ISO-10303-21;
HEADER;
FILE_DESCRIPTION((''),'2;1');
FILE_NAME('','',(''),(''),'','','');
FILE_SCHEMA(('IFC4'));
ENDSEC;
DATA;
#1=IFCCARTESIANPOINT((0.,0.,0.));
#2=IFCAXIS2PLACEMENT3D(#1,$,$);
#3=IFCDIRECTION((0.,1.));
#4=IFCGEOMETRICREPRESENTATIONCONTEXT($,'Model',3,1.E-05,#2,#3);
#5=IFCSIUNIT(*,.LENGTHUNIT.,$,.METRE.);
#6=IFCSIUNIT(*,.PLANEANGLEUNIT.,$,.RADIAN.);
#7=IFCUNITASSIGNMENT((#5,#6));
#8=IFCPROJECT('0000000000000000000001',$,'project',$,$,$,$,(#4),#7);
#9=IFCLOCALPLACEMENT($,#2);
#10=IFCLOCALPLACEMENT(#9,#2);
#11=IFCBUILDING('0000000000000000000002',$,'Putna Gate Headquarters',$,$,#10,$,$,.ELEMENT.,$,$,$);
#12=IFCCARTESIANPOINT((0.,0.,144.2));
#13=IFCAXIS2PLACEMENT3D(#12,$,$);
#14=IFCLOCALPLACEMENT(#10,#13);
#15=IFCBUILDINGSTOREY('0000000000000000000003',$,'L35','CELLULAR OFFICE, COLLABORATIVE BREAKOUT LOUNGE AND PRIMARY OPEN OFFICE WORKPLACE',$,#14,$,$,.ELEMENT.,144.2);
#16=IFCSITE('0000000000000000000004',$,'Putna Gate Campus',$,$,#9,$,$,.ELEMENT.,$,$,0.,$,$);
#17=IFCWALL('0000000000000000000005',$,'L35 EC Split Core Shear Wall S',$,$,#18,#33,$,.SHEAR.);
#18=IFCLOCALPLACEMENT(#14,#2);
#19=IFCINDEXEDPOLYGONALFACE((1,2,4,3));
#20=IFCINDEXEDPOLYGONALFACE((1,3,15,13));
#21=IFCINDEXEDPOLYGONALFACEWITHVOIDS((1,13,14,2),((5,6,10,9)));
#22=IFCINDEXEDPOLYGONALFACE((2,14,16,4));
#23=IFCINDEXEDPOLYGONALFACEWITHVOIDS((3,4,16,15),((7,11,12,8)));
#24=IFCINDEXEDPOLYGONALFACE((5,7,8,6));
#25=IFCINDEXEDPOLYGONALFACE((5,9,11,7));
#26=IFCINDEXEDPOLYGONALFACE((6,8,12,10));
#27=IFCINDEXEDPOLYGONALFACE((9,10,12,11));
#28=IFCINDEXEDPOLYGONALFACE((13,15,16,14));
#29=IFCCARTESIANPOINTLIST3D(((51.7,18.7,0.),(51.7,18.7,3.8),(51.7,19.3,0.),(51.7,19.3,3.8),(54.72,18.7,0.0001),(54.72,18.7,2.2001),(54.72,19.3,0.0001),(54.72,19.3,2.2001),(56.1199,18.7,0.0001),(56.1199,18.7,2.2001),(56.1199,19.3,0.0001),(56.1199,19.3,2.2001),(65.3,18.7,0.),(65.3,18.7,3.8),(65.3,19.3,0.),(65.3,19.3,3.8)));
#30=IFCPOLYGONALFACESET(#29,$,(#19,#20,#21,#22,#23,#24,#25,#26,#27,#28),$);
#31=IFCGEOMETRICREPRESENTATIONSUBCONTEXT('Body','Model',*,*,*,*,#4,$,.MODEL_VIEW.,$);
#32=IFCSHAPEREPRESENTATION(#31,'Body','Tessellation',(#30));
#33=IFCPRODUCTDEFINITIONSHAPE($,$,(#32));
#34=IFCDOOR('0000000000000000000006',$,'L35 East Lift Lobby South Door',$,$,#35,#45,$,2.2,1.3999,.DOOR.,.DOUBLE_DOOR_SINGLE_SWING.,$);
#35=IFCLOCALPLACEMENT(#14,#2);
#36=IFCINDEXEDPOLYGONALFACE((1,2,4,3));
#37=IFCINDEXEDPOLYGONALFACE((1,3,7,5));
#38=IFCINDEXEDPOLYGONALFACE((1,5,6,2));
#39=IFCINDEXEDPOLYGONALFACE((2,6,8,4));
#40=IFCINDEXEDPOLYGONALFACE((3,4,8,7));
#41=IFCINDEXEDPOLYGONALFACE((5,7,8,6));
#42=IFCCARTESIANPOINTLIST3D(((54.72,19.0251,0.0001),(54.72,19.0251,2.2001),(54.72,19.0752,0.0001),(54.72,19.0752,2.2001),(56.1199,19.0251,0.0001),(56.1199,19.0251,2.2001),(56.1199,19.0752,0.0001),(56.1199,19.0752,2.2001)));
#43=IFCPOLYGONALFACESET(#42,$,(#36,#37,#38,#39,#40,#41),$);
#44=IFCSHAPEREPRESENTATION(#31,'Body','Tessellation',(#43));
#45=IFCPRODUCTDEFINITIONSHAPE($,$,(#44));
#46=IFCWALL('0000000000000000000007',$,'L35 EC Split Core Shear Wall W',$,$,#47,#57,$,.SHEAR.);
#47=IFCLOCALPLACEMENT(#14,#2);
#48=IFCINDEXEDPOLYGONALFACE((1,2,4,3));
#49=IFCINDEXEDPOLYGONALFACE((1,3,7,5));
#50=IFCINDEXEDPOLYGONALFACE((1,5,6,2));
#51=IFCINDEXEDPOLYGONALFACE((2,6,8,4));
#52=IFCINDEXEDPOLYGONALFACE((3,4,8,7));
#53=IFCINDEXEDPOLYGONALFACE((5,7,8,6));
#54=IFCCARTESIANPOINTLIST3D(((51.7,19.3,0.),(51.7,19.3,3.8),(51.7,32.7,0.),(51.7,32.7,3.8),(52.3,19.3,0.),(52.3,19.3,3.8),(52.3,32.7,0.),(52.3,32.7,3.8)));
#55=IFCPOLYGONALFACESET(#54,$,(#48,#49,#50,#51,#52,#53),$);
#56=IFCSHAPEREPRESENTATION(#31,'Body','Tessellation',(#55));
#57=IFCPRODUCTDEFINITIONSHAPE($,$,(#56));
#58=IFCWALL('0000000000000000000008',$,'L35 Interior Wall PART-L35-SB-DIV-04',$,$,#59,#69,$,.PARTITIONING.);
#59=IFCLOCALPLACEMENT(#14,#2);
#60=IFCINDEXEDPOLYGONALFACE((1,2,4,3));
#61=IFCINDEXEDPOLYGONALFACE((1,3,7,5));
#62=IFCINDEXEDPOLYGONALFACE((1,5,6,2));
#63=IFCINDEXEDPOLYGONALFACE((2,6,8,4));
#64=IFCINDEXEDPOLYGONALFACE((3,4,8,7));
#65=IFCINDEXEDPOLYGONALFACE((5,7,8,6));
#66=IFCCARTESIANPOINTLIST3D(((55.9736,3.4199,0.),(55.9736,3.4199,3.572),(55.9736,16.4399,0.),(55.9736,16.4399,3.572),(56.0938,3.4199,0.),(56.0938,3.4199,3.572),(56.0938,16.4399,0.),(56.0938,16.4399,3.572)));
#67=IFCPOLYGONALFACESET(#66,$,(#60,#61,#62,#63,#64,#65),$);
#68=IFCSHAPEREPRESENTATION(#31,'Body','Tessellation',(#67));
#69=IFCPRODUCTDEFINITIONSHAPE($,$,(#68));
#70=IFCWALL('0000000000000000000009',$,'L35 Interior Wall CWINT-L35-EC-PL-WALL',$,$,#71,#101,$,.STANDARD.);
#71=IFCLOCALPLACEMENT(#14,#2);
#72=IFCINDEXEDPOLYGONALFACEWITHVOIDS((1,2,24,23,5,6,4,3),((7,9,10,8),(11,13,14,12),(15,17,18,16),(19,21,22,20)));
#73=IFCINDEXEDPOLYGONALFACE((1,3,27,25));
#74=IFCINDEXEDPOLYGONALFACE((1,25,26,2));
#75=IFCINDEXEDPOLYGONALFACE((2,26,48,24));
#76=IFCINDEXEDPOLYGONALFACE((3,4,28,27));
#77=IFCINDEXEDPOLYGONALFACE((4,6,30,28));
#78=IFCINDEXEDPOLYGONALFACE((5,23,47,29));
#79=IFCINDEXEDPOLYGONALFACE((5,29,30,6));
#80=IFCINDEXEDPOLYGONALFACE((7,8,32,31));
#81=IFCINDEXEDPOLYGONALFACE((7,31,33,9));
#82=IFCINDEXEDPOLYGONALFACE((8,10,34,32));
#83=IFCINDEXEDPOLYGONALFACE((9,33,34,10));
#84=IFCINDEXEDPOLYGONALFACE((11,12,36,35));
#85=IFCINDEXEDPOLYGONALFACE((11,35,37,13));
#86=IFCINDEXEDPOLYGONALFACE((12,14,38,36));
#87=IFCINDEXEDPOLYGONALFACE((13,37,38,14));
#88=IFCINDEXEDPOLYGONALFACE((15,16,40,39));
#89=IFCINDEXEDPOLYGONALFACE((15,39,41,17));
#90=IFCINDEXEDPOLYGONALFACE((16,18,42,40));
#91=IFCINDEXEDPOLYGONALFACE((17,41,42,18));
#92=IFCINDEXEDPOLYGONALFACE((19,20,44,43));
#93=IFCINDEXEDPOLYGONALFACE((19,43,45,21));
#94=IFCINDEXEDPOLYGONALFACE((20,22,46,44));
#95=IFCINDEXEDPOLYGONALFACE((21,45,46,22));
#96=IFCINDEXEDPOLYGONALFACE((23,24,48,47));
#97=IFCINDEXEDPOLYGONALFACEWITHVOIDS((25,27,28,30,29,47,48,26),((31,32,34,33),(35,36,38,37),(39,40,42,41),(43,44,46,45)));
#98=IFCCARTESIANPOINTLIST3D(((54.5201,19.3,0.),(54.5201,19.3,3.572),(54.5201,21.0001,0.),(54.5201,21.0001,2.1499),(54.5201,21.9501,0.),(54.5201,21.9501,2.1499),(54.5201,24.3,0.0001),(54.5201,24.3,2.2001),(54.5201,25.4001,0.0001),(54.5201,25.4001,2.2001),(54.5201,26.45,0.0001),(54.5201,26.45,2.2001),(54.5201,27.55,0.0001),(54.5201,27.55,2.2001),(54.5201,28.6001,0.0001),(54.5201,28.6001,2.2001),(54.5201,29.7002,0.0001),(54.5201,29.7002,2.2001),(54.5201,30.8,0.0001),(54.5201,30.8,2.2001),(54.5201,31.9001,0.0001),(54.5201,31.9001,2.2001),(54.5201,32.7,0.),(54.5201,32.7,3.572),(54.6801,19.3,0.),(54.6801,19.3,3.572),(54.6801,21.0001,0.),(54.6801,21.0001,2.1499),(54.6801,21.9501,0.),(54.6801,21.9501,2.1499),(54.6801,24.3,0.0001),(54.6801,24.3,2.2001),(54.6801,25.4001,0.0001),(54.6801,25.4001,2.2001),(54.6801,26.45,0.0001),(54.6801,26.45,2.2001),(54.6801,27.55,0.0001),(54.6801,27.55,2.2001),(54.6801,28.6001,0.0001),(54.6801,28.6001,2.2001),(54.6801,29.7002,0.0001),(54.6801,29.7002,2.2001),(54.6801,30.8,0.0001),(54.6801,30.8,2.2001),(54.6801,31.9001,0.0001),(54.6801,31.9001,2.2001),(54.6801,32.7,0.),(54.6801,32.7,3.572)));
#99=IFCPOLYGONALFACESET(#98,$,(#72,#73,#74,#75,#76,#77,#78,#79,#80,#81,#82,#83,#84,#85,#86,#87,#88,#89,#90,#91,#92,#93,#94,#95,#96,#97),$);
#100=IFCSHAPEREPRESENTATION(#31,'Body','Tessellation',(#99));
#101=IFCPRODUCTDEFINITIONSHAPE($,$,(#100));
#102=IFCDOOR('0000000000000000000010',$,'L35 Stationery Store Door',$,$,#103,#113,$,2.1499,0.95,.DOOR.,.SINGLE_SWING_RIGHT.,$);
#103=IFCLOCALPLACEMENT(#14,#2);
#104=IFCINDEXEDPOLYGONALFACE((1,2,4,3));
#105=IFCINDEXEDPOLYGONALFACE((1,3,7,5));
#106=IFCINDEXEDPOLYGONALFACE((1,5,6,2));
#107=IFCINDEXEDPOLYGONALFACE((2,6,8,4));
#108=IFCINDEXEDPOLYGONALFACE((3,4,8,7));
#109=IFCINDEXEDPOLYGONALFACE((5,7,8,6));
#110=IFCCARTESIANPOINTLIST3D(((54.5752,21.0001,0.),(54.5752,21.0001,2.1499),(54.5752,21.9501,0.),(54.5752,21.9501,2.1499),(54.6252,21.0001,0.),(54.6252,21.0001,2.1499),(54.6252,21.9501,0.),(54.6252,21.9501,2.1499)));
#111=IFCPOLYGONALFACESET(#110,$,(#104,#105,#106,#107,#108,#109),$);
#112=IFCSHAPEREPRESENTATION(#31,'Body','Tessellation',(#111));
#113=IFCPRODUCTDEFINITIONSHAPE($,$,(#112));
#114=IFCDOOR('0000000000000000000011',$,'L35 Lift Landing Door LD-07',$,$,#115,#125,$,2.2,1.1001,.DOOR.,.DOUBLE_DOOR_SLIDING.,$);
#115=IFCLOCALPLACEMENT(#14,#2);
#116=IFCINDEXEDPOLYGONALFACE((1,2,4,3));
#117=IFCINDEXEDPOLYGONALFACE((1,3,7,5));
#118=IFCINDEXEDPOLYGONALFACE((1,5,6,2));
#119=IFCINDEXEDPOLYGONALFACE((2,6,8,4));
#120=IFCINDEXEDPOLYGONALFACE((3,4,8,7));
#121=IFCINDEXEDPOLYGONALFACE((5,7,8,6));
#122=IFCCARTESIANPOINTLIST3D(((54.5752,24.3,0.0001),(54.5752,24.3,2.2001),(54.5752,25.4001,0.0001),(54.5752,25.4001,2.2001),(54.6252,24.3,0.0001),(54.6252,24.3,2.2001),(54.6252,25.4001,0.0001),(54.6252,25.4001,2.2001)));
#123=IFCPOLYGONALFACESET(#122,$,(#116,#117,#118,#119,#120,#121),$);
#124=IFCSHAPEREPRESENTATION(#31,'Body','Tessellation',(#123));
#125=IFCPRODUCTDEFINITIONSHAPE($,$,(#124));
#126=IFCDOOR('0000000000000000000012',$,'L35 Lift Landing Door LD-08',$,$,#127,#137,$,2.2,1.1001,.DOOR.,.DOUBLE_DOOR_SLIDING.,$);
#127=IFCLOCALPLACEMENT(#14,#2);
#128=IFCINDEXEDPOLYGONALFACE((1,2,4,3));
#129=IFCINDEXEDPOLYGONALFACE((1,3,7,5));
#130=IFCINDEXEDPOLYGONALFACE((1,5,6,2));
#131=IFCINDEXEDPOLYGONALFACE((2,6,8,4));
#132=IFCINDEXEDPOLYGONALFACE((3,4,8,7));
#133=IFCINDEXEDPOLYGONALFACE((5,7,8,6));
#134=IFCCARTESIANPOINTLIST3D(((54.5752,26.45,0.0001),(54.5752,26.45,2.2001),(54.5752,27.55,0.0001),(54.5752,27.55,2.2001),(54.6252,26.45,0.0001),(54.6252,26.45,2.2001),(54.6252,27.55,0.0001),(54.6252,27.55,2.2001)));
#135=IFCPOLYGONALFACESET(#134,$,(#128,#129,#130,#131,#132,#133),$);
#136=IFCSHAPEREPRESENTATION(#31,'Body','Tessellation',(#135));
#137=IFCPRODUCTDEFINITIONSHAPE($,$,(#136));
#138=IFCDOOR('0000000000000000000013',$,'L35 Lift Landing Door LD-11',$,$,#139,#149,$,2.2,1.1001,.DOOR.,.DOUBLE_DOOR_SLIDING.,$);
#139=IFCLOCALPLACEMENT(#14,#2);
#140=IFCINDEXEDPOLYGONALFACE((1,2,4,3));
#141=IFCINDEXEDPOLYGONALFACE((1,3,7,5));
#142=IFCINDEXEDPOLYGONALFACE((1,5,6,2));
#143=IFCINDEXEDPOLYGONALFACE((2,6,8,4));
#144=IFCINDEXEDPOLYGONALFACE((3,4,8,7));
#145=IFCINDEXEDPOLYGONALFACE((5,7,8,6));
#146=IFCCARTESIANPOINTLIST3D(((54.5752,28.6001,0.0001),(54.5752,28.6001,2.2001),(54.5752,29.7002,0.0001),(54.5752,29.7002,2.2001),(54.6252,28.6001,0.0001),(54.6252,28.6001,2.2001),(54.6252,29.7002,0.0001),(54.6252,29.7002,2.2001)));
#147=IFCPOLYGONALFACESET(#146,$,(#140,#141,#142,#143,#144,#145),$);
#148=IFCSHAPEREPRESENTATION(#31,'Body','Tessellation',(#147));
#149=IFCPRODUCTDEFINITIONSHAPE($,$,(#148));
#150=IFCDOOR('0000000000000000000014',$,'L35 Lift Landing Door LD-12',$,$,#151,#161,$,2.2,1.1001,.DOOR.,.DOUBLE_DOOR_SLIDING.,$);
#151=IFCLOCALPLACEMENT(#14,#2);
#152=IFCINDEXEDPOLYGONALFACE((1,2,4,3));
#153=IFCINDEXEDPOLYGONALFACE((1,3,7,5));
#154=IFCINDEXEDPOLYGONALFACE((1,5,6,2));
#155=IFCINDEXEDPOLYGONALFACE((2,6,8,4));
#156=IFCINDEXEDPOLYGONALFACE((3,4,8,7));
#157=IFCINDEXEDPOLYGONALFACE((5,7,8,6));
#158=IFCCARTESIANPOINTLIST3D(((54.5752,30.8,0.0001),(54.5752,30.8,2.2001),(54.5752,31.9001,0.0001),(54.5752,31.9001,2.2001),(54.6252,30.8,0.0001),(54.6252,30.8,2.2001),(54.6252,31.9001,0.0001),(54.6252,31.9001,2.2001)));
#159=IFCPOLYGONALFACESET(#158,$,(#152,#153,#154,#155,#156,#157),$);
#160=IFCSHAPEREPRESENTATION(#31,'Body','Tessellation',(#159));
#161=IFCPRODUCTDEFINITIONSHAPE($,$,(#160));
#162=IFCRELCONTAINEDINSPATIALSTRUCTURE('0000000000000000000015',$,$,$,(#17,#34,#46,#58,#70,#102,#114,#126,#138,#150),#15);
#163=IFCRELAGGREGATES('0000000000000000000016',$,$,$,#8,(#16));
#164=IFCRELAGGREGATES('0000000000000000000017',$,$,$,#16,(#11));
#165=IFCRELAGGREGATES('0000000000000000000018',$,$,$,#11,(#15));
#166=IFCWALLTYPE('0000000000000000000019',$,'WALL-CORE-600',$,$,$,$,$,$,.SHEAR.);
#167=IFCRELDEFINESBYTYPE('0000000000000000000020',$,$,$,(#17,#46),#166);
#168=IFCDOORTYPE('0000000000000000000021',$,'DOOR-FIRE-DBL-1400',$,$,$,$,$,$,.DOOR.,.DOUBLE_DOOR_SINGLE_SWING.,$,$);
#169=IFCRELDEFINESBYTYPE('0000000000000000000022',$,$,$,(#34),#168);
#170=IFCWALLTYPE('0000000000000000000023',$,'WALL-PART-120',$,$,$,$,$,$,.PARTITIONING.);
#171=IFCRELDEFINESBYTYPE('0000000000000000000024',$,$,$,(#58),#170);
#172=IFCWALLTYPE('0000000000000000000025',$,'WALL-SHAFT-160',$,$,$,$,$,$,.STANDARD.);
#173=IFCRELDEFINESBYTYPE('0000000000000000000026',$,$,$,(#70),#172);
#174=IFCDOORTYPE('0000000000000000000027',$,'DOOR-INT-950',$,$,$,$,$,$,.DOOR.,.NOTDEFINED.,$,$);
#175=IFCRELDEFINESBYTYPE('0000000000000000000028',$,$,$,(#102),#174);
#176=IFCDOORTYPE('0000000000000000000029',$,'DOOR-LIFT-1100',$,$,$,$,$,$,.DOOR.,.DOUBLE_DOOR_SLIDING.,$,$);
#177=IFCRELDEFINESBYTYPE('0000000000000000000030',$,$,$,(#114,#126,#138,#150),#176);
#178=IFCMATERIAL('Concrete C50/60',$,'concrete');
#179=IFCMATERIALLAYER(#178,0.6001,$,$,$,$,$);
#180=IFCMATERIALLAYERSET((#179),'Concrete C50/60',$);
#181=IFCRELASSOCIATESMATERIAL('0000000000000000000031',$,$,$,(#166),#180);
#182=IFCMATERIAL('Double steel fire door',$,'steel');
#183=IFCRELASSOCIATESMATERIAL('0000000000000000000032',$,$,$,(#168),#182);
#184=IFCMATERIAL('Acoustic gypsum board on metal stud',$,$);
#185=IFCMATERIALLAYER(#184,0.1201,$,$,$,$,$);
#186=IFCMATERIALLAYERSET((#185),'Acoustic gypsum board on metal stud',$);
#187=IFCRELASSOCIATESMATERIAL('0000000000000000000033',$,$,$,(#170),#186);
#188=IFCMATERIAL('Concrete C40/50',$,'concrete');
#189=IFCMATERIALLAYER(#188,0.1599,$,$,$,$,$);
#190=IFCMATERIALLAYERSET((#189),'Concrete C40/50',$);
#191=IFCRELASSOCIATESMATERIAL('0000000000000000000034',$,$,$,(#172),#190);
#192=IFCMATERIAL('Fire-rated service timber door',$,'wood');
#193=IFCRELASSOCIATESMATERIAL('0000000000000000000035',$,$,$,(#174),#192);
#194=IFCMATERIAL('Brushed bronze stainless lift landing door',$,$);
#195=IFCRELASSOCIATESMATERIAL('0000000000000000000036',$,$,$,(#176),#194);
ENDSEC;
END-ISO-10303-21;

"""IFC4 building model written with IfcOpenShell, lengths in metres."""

from ifc_helpers import new_model, si_unit, direction, frame, frame_2d, origin, place, context, subcontext, project, spatial, rectangle, extrude, material, layer, layer_set, type_object, element, fill, save


model = new_model("IFC4")

# Units and contexts
model_context = context("Model", 3, precision=1e-05, world=origin(), true_north=direction((0.0, 1.0)))
body_context = subcontext(model_context, "Body", "Model", "MODEL_VIEW")
ifc_project = project(units=[si_unit("LENGTHUNIT", "METRE"), si_unit("PLANEANGLEUNIT", "RADIAN")], contexts=[model_context])

# Site, building, storey
site_placement = place(None, origin())
site = spatial("IfcSite", under=ifc_project, at=site_placement, Name="Putna Gate Campus", CompositionType="ELEMENT", RefElevation=0.0)
building_placement = place(site_placement, origin())
building = spatial("IfcBuilding", under=site, at=building_placement, Name="Putna Gate Headquarters", CompositionType="ELEMENT")
storey_placement = place(building_placement, frame((0.0, 0.0, 144.2)))
storey = spatial("IfcBuildingStorey", under=building, at=storey_placement, Name="L35", Description="CELLULAR OFFICE, COLLABORATIVE BREAKOUT LOUNGE AND PRIMARY OPEN OFFICE WORKPLACE", CompositionType="ELEMENT", Elevation=144.2)

# Shared definitions
ifc_material_1 = material(Name="Concrete C50/60", Category="concrete")

# Wall, opening, door
ifc_layer_1 = layer(ifc_material_1, 0.6001)
ifc_layer_set_1 = layer_set([ifc_layer_1], Name="Concrete C50/60")
wall_type_1 = type_object("IfcWallType", Name="WALL-CORE-600", PredefinedType="SHEAR", material=ifc_layer_set_1)
wall_1_placement = place(storey_placement, frame((51.7, 19.0, 0.0), z_axis=(0.0, 0.0, 1.0), x_axis=(1.0, 0.0, 0.0)))
wall_1 = element("IfcWall", 1, at=wall_1_placement, inside=storey, type_object=wall_type_1, Name="L35 EC Split Core Shear Wall S", PredefinedType="SHEAR", context=body_context, shape_type="SweptSolid", body=[
    extrude(rectangle(XDim=13.6001, YDim=0.6001, at=frame_2d((6.8, 0.0))), origin(), (0.0, 0.0, 1.0), 3.8),
])
opening_1_placement = place(wall_1_placement, frame((3.02, 0.0, 0.0)))
opening_1 = element("IfcOpeningElement", 2, at=opening_1_placement, cuts=wall_1, PredefinedType="OPENING", context=body_context, shape_type="SweptSolid", body=[
    extrude(rectangle(XDim=1.3999, YDim=2.2, at=frame_2d((0.7, 1.1001))), frame((0.0, 0.3101, 0.0), z_axis=(0.0, -1.0, 0.0), x_axis=(1.0, 0.0, 0.0)), (0.0, 0.0, 1.0), 0.6201),
])
ifc_material_2 = material(Name="Double steel fire door", Category="steel")
door_type_1 = type_object("IfcDoorType", Name="DOOR-FIRE-DBL-1400", OperationType="DOUBLE_DOOR_SINGLE_SWING", PredefinedType="DOOR", material=ifc_material_2)
door_1_placement = place(opening_1_placement, origin())
door_1 = element("IfcDoor", 3, at=door_1_placement, inside=storey, type_object=door_type_1, Name="L35 East Lift Lobby South Door", OperationType="DOUBLE_DOOR_SINGLE_SWING", OverallHeight=2.2, OverallWidth=1.3999, PredefinedType="DOOR", context=body_context, shape_type="SweptSolid", body=[
    extrude(rectangle(XDim=1.3999, YDim=2.2, at=frame_2d((0.7, 1.1001))), frame((0.0, 0.0752, 0.0), z_axis=(0.0, -1.0, 0.0), x_axis=(1.0, 0.0, 0.0)), (0.0, 0.0, 1.0), 0.05),
])
fill(opening_1, door_1)

# Walls
wall_2_placement = place(storey_placement, frame((52.0, 19.3, 0.0), z_axis=(0.0, 0.0, 1.0), x_axis=(0.0, 1.0, 0.0)))
element("IfcWall", 4, at=wall_2_placement, inside=storey, type_object=wall_type_1, Name="L35 EC Split Core Shear Wall W", PredefinedType="SHEAR", context=body_context, shape_type="SweptSolid", body=[
    extrude(rectangle(XDim=13.3999, YDim=0.6001, at=frame_2d((6.7, 0.0))), origin(), (0.0, 0.0, 1.0), 3.8),
])
ifc_material_3 = material(Name="Acoustic gypsum board on metal stud")
ifc_layer_2 = layer(ifc_material_3, 0.1201)
ifc_layer_set_2 = layer_set([ifc_layer_2], Name="Acoustic gypsum board on metal stud")
wall_type_2 = type_object("IfcWallType", Name="WALL-PART-120", PredefinedType="PARTITIONING", material=ifc_layer_set_2)
wall_3_placement = place(storey_placement, frame((56.0337, 3.4199, 0.0), z_axis=(0.0, 0.0, 1.0), x_axis=(0.0, 1.0, 0.0)))
element("IfcWall", 5, at=wall_3_placement, inside=storey, type_object=wall_type_2, Name="L35 Interior Wall PART-L35-SB-DIV-04", PredefinedType="PARTITIONING", context=body_context, shape_type="SweptSolid", body=[
    extrude(rectangle(XDim=13.02, YDim=0.1201, at=frame_2d((6.51, 0.0))), origin(), (0.0, 0.0, 1.0), 3.572),
])

# Wall, openings, doors
ifc_material_4 = material(Name="Concrete C40/50", Category="concrete")
ifc_layer_3 = layer(ifc_material_4, 0.1599)
ifc_layer_set_3 = layer_set([ifc_layer_3], Name="Concrete C40/50")
wall_type_3 = type_object("IfcWallType", Name="WALL-SHAFT-160", PredefinedType="STANDARD", material=ifc_layer_set_3)
wall_4_placement = place(storey_placement, frame((54.6001, 19.3, 0.0), z_axis=(0.0, 0.0, 1.0), x_axis=(0.0, 1.0, 0.0)))
wall_4 = element("IfcWall", 6, at=wall_4_placement, inside=storey, type_object=wall_type_3, Name="L35 Interior Wall CWINT-L35-EC-PL-WALL", PredefinedType="STANDARD", context=body_context, shape_type="SweptSolid", body=[
    extrude(rectangle(XDim=13.3999, YDim=0.1599, at=frame_2d((6.7, 0.0))), origin(), (0.0, 0.0, 1.0), 3.572),
])
opening_2_placement = place(wall_4_placement, frame((1.7, 0.0, 0.0)))
opening_2 = element("IfcOpeningElement", 7, at=opening_2_placement, cuts=wall_4, PredefinedType="OPENING", context=body_context, shape_type="SweptSolid", body=[
    extrude(rectangle(XDim=0.95, YDim=2.1499, at=frame_2d((0.4751, 1.075))), frame((0.0, 0.0898, 0.0), z_axis=(0.0, -1.0, 0.0), x_axis=(1.0, 0.0, 0.0)), (0.0, 0.0, 1.0), 0.1799),
])
opening_3_placement = place(wall_4_placement, frame((5.0, 0.0, 0.0)))
opening_3 = element("IfcOpeningElement", 8, at=opening_3_placement, cuts=wall_4, PredefinedType="OPENING", context=body_context, shape_type="SweptSolid", body=[
    extrude(rectangle(XDim=1.1001, YDim=2.2, at=frame_2d((0.55, 1.1001))), frame((0.0, 0.0898, 0.0), z_axis=(0.0, -1.0, 0.0), x_axis=(1.0, 0.0, 0.0)), (0.0, 0.0, 1.0), 0.1799),
])
opening_4_placement = place(wall_4_placement, frame((7.1499, 0.0, 0.0)))
opening_4 = element("IfcOpeningElement", 9, at=opening_4_placement, cuts=wall_4, PredefinedType="OPENING", context=body_context, shape_type="SweptSolid", body=[
    extrude(rectangle(XDim=1.1001, YDim=2.2, at=frame_2d((0.55, 1.1001))), frame((0.0, 0.0898, 0.0), z_axis=(0.0, -1.0, 0.0), x_axis=(1.0, 0.0, 0.0)), (0.0, 0.0, 1.0), 0.1799),
])
opening_5_placement = place(wall_4_placement, frame((9.3, 0.0, 0.0)))
opening_5 = element("IfcOpeningElement", 10, at=opening_5_placement, cuts=wall_4, PredefinedType="OPENING", context=body_context, shape_type="SweptSolid", body=[
    extrude(rectangle(XDim=1.1001, YDim=2.2, at=frame_2d((0.55, 1.1001))), frame((0.0, 0.0898, 0.0), z_axis=(0.0, -1.0, 0.0), x_axis=(1.0, 0.0, 0.0)), (0.0, 0.0, 1.0), 0.1799),
])
opening_6_placement = place(wall_4_placement, frame((11.5, 0.0, 0.0)))
opening_6 = element("IfcOpeningElement", 11, at=opening_6_placement, cuts=wall_4, PredefinedType="OPENING", context=body_context, shape_type="SweptSolid", body=[
    extrude(rectangle(XDim=1.1001, YDim=2.2, at=frame_2d((0.55, 1.1001))), frame((0.0, 0.0898, 0.0), z_axis=(0.0, -1.0, 0.0), x_axis=(1.0, 0.0, 0.0)), (0.0, 0.0, 1.0), 0.1799),
])
ifc_material_5 = material(Name="Fire-rated service timber door", Category="wood")
door_type_2 = type_object("IfcDoorType", Name="DOOR-INT-950", OperationType="NOTDEFINED", PredefinedType="DOOR", material=ifc_material_5)
door_2_placement = place(opening_2_placement, origin())
door_2 = element("IfcDoor", 12, at=door_2_placement, inside=storey, type_object=door_type_2, Name="L35 Stationery Store Door", OperationType="SINGLE_SWING_RIGHT", OverallHeight=2.1499, OverallWidth=0.95, PredefinedType="DOOR", context=body_context, shape_type="SweptSolid", body=[
    extrude(rectangle(XDim=0.95, YDim=2.1499, at=frame_2d((0.4751, 1.075))), frame((0.0, 0.0249, 0.0), z_axis=(0.0, -1.0, 0.0), x_axis=(1.0, 0.0, 0.0)), (0.0, 0.0, 1.0), 0.05),
])
fill(opening_2, door_2)
ifc_material_6 = material(Name="Brushed bronze stainless lift landing door")
door_type_3 = type_object("IfcDoorType", Name="DOOR-LIFT-1100", OperationType="DOUBLE_DOOR_SLIDING", PredefinedType="DOOR", material=ifc_material_6)
door_3_placement = place(opening_3_placement, origin())
door_3 = element("IfcDoor", 13, at=door_3_placement, inside=storey, type_object=door_type_3, Name="L35 Lift Landing Door LD-07", OperationType="DOUBLE_DOOR_SLIDING", OverallHeight=2.2, OverallWidth=1.1001, PredefinedType="DOOR", context=body_context, shape_type="SweptSolid", body=[
    extrude(rectangle(XDim=1.1001, YDim=2.2, at=frame_2d((0.55, 1.1001))), frame((0.0, 0.0249, 0.0), z_axis=(0.0, -1.0, 0.0), x_axis=(1.0, 0.0, 0.0)), (0.0, 0.0, 1.0), 0.05),
])
fill(opening_3, door_3)
door_4_placement = place(opening_4_placement, origin())
door_4 = element("IfcDoor", 14, at=door_4_placement, inside=storey, type_object=door_type_3, Name="L35 Lift Landing Door LD-08", OperationType="DOUBLE_DOOR_SLIDING", OverallHeight=2.2, OverallWidth=1.1001, PredefinedType="DOOR", context=body_context, shape_type="SweptSolid", body=[
    extrude(rectangle(XDim=1.1001, YDim=2.2, at=frame_2d((0.55, 1.1001))), frame((0.0, 0.0249, 0.0), z_axis=(0.0, -1.0, 0.0), x_axis=(1.0, 0.0, 0.0)), (0.0, 0.0, 1.0), 0.05),
])
fill(opening_4, door_4)
door_5_placement = place(opening_5_placement, origin())
door_5 = element("IfcDoor", 15, at=door_5_placement, inside=storey, type_object=door_type_3, Name="L35 Lift Landing Door LD-11", OperationType="DOUBLE_DOOR_SLIDING", OverallHeight=2.2, OverallWidth=1.1001, PredefinedType="DOOR", context=body_context, shape_type="SweptSolid", body=[
    extrude(rectangle(XDim=1.1001, YDim=2.2, at=frame_2d((0.55, 1.1001))), frame((0.0, 0.0249, 0.0), z_axis=(0.0, -1.0, 0.0), x_axis=(1.0, 0.0, 0.0)), (0.0, 0.0, 1.0), 0.05),
])
fill(opening_5, door_5)
door_6_placement = place(opening_6_placement, origin())
door_6 = element("IfcDoor", 16, at=door_6_placement, inside=storey, type_object=door_type_3, Name="L35 Lift Landing Door LD-12", OperationType="DOUBLE_DOOR_SLIDING", OverallHeight=2.2, OverallWidth=1.1001, PredefinedType="DOOR", context=body_context, shape_type="SweptSolid", body=[
    extrude(rectangle(XDim=1.1001, YDim=2.2, at=frame_2d((0.55, 1.1001))), frame((0.0, 0.0249, 0.0), z_axis=(0.0, -1.0, 0.0), x_axis=(1.0, 0.0, 0.0)), (0.0, 0.0, 1.0), 0.05),
])
fill(opening_6, door_6)

save(model, "model.ifc")
